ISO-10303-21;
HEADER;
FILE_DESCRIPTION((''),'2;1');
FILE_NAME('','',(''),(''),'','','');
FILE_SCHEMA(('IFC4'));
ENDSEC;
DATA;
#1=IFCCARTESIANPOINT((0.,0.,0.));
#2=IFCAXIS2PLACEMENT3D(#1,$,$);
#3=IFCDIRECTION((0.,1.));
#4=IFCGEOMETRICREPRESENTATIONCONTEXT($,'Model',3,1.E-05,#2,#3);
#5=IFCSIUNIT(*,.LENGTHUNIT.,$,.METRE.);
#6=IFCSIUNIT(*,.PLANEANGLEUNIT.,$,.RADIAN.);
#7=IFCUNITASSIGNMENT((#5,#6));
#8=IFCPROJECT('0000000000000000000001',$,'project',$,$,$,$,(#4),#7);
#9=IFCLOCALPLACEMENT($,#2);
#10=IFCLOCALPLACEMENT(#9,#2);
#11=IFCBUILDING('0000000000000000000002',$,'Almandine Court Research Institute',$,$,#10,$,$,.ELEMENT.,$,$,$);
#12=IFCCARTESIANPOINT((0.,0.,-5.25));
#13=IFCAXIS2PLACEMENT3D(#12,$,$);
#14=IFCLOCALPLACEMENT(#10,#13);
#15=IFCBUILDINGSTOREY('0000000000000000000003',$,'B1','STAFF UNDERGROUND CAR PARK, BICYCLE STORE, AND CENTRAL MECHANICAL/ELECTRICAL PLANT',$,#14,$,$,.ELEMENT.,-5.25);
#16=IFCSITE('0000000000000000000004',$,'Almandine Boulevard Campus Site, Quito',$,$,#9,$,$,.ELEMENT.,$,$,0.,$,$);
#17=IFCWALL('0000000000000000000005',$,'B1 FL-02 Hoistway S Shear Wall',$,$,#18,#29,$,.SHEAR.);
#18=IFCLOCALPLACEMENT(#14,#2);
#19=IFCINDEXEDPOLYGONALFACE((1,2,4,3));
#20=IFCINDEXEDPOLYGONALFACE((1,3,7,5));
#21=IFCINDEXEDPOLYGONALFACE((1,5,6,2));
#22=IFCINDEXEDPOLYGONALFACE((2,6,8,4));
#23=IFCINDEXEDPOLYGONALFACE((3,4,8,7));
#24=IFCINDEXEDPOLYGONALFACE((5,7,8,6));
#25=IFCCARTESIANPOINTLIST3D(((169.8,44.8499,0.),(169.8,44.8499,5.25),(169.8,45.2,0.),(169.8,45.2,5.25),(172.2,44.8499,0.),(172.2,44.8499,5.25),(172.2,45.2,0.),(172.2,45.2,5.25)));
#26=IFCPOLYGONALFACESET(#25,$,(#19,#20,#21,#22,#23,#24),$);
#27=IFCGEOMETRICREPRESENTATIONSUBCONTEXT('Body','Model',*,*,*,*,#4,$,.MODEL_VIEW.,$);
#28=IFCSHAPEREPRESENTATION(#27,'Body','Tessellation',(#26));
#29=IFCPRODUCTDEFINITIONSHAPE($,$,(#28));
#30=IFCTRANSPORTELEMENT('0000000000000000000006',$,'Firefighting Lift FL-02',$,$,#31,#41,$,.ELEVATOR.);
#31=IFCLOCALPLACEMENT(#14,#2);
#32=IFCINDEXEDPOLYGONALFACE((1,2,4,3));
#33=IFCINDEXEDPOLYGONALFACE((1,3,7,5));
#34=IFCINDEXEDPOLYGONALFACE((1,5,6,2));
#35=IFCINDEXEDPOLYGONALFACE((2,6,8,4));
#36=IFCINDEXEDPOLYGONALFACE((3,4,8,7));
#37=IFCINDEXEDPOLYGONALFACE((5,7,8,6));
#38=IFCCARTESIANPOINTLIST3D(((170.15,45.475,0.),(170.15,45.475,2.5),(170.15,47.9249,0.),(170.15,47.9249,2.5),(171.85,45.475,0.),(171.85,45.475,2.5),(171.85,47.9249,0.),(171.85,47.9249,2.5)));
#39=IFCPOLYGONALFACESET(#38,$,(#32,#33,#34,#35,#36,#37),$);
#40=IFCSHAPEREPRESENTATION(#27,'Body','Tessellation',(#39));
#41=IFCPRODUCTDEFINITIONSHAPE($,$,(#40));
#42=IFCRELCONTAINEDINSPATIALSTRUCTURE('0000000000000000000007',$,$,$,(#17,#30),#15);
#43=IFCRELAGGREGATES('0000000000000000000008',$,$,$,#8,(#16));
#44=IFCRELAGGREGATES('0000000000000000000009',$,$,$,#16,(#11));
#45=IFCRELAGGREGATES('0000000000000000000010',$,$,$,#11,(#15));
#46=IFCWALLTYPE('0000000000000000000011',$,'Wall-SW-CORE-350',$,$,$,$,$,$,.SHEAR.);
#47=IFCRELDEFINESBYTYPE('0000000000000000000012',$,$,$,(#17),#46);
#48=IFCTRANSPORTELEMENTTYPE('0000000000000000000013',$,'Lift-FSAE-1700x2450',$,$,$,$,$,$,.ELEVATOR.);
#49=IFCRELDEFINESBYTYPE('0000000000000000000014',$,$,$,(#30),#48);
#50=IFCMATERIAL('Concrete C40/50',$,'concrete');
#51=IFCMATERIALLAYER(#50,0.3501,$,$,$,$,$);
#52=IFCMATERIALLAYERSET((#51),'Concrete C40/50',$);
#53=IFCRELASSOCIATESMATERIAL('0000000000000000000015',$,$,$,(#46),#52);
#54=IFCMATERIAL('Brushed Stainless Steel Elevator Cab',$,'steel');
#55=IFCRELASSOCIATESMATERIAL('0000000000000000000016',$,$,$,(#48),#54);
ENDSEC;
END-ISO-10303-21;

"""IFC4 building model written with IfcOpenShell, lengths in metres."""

from ifc_helpers import new_model, si_unit, direction, frame, frame_2d, origin, origin_2d, place, context, subcontext, project, spatial, rectangle, extrude, material, layer, layer_set, type_object, element, save


model = new_model("IFC4")

# Units and contexts
model_context = context("Model", 3, precision=1e-05, world=origin(), true_north=direction((0.0, 1.0)))
body_context = subcontext(model_context, "Body", "Model", "MODEL_VIEW")
ifc_project = project(units=[si_unit("LENGTHUNIT", "METRE"), si_unit("PLANEANGLEUNIT", "RADIAN")], contexts=[model_context])

# Site, building, storey
site_placement = place(None, origin())
site = spatial("IfcSite", under=ifc_project, at=site_placement, Name="Almandine Boulevard Campus Site, Quito", CompositionType="ELEMENT", RefElevation=0.0)
building_placement = place(site_placement, origin())
building = spatial("IfcBuilding", under=site, at=building_placement, Name="Almandine Court Research Institute", CompositionType="ELEMENT")
storey_placement = place(building_placement, frame((0.0, 0.0, -5.25)))
storey = spatial("IfcBuildingStorey", under=building, at=storey_placement, Name="B1", Description="STAFF UNDERGROUND CAR PARK, BICYCLE STORE, AND CENTRAL MECHANICAL/ELECTRICAL PLANT", CompositionType="ELEMENT", Elevation=-5.25)

# Shared definitions
ifc_material_1 = material(Name="Concrete C40/50", Category="concrete")

# Shared definitions
ifc_layer_1 = layer(ifc_material_1, 0.3501)
ifc_layer_set_1 = layer_set([ifc_layer_1], Name="Concrete C40/50")
wall_type_1 = type_object("IfcWallType", Name="Wall-SW-CORE-350", PredefinedType="SHEAR", material=ifc_layer_set_1)

# Wall
wall_1_placement = place(storey_placement, frame((172.2, 45.0249, 0.0), z_axis=(0.0, 0.0, 1.0), x_axis=(-1.0, 0.0, 0.0)))
element("IfcWall", 1, at=wall_1_placement, inside=storey, type_object=wall_type_1, Name="B1 FL-02 Hoistway S Shear Wall", PredefinedType="SHEAR", context=body_context, shape_type="SweptSolid", body=[
    extrude(rectangle(XDim=2.3999, YDim=0.3501, at=frame_2d((1.2, 0.0))), origin(), (0.0, 0.0, 1.0), 5.25),
])

# Transport element
ifc_material_2 = material(Name="Brushed Stainless Steel Elevator Cab", Category="steel")
transport_element_type = type_object("IfcTransportElementType", Name="Lift-FSAE-1700x2450", PredefinedType="ELEVATOR", material=ifc_material_2)
transport_element_placement = place(storey_placement, frame((171.0, 46.7, 0.0), z_axis=(0.0, 0.0, 1.0), x_axis=(1.0, 0.0, 0.0)))
element("IfcTransportElement", 2, at=transport_element_placement, inside=storey, type_object=transport_element_type, Name="Firefighting Lift FL-02", PredefinedType="ELEVATOR", context=body_context, shape_type="SweptSolid", body=[
    extrude(rectangle(XDim=1.7, YDim=2.45, at=origin_2d()), origin(), (0.0, 0.0, 1.0), 2.5),
])

save(model, "model.ifc")
